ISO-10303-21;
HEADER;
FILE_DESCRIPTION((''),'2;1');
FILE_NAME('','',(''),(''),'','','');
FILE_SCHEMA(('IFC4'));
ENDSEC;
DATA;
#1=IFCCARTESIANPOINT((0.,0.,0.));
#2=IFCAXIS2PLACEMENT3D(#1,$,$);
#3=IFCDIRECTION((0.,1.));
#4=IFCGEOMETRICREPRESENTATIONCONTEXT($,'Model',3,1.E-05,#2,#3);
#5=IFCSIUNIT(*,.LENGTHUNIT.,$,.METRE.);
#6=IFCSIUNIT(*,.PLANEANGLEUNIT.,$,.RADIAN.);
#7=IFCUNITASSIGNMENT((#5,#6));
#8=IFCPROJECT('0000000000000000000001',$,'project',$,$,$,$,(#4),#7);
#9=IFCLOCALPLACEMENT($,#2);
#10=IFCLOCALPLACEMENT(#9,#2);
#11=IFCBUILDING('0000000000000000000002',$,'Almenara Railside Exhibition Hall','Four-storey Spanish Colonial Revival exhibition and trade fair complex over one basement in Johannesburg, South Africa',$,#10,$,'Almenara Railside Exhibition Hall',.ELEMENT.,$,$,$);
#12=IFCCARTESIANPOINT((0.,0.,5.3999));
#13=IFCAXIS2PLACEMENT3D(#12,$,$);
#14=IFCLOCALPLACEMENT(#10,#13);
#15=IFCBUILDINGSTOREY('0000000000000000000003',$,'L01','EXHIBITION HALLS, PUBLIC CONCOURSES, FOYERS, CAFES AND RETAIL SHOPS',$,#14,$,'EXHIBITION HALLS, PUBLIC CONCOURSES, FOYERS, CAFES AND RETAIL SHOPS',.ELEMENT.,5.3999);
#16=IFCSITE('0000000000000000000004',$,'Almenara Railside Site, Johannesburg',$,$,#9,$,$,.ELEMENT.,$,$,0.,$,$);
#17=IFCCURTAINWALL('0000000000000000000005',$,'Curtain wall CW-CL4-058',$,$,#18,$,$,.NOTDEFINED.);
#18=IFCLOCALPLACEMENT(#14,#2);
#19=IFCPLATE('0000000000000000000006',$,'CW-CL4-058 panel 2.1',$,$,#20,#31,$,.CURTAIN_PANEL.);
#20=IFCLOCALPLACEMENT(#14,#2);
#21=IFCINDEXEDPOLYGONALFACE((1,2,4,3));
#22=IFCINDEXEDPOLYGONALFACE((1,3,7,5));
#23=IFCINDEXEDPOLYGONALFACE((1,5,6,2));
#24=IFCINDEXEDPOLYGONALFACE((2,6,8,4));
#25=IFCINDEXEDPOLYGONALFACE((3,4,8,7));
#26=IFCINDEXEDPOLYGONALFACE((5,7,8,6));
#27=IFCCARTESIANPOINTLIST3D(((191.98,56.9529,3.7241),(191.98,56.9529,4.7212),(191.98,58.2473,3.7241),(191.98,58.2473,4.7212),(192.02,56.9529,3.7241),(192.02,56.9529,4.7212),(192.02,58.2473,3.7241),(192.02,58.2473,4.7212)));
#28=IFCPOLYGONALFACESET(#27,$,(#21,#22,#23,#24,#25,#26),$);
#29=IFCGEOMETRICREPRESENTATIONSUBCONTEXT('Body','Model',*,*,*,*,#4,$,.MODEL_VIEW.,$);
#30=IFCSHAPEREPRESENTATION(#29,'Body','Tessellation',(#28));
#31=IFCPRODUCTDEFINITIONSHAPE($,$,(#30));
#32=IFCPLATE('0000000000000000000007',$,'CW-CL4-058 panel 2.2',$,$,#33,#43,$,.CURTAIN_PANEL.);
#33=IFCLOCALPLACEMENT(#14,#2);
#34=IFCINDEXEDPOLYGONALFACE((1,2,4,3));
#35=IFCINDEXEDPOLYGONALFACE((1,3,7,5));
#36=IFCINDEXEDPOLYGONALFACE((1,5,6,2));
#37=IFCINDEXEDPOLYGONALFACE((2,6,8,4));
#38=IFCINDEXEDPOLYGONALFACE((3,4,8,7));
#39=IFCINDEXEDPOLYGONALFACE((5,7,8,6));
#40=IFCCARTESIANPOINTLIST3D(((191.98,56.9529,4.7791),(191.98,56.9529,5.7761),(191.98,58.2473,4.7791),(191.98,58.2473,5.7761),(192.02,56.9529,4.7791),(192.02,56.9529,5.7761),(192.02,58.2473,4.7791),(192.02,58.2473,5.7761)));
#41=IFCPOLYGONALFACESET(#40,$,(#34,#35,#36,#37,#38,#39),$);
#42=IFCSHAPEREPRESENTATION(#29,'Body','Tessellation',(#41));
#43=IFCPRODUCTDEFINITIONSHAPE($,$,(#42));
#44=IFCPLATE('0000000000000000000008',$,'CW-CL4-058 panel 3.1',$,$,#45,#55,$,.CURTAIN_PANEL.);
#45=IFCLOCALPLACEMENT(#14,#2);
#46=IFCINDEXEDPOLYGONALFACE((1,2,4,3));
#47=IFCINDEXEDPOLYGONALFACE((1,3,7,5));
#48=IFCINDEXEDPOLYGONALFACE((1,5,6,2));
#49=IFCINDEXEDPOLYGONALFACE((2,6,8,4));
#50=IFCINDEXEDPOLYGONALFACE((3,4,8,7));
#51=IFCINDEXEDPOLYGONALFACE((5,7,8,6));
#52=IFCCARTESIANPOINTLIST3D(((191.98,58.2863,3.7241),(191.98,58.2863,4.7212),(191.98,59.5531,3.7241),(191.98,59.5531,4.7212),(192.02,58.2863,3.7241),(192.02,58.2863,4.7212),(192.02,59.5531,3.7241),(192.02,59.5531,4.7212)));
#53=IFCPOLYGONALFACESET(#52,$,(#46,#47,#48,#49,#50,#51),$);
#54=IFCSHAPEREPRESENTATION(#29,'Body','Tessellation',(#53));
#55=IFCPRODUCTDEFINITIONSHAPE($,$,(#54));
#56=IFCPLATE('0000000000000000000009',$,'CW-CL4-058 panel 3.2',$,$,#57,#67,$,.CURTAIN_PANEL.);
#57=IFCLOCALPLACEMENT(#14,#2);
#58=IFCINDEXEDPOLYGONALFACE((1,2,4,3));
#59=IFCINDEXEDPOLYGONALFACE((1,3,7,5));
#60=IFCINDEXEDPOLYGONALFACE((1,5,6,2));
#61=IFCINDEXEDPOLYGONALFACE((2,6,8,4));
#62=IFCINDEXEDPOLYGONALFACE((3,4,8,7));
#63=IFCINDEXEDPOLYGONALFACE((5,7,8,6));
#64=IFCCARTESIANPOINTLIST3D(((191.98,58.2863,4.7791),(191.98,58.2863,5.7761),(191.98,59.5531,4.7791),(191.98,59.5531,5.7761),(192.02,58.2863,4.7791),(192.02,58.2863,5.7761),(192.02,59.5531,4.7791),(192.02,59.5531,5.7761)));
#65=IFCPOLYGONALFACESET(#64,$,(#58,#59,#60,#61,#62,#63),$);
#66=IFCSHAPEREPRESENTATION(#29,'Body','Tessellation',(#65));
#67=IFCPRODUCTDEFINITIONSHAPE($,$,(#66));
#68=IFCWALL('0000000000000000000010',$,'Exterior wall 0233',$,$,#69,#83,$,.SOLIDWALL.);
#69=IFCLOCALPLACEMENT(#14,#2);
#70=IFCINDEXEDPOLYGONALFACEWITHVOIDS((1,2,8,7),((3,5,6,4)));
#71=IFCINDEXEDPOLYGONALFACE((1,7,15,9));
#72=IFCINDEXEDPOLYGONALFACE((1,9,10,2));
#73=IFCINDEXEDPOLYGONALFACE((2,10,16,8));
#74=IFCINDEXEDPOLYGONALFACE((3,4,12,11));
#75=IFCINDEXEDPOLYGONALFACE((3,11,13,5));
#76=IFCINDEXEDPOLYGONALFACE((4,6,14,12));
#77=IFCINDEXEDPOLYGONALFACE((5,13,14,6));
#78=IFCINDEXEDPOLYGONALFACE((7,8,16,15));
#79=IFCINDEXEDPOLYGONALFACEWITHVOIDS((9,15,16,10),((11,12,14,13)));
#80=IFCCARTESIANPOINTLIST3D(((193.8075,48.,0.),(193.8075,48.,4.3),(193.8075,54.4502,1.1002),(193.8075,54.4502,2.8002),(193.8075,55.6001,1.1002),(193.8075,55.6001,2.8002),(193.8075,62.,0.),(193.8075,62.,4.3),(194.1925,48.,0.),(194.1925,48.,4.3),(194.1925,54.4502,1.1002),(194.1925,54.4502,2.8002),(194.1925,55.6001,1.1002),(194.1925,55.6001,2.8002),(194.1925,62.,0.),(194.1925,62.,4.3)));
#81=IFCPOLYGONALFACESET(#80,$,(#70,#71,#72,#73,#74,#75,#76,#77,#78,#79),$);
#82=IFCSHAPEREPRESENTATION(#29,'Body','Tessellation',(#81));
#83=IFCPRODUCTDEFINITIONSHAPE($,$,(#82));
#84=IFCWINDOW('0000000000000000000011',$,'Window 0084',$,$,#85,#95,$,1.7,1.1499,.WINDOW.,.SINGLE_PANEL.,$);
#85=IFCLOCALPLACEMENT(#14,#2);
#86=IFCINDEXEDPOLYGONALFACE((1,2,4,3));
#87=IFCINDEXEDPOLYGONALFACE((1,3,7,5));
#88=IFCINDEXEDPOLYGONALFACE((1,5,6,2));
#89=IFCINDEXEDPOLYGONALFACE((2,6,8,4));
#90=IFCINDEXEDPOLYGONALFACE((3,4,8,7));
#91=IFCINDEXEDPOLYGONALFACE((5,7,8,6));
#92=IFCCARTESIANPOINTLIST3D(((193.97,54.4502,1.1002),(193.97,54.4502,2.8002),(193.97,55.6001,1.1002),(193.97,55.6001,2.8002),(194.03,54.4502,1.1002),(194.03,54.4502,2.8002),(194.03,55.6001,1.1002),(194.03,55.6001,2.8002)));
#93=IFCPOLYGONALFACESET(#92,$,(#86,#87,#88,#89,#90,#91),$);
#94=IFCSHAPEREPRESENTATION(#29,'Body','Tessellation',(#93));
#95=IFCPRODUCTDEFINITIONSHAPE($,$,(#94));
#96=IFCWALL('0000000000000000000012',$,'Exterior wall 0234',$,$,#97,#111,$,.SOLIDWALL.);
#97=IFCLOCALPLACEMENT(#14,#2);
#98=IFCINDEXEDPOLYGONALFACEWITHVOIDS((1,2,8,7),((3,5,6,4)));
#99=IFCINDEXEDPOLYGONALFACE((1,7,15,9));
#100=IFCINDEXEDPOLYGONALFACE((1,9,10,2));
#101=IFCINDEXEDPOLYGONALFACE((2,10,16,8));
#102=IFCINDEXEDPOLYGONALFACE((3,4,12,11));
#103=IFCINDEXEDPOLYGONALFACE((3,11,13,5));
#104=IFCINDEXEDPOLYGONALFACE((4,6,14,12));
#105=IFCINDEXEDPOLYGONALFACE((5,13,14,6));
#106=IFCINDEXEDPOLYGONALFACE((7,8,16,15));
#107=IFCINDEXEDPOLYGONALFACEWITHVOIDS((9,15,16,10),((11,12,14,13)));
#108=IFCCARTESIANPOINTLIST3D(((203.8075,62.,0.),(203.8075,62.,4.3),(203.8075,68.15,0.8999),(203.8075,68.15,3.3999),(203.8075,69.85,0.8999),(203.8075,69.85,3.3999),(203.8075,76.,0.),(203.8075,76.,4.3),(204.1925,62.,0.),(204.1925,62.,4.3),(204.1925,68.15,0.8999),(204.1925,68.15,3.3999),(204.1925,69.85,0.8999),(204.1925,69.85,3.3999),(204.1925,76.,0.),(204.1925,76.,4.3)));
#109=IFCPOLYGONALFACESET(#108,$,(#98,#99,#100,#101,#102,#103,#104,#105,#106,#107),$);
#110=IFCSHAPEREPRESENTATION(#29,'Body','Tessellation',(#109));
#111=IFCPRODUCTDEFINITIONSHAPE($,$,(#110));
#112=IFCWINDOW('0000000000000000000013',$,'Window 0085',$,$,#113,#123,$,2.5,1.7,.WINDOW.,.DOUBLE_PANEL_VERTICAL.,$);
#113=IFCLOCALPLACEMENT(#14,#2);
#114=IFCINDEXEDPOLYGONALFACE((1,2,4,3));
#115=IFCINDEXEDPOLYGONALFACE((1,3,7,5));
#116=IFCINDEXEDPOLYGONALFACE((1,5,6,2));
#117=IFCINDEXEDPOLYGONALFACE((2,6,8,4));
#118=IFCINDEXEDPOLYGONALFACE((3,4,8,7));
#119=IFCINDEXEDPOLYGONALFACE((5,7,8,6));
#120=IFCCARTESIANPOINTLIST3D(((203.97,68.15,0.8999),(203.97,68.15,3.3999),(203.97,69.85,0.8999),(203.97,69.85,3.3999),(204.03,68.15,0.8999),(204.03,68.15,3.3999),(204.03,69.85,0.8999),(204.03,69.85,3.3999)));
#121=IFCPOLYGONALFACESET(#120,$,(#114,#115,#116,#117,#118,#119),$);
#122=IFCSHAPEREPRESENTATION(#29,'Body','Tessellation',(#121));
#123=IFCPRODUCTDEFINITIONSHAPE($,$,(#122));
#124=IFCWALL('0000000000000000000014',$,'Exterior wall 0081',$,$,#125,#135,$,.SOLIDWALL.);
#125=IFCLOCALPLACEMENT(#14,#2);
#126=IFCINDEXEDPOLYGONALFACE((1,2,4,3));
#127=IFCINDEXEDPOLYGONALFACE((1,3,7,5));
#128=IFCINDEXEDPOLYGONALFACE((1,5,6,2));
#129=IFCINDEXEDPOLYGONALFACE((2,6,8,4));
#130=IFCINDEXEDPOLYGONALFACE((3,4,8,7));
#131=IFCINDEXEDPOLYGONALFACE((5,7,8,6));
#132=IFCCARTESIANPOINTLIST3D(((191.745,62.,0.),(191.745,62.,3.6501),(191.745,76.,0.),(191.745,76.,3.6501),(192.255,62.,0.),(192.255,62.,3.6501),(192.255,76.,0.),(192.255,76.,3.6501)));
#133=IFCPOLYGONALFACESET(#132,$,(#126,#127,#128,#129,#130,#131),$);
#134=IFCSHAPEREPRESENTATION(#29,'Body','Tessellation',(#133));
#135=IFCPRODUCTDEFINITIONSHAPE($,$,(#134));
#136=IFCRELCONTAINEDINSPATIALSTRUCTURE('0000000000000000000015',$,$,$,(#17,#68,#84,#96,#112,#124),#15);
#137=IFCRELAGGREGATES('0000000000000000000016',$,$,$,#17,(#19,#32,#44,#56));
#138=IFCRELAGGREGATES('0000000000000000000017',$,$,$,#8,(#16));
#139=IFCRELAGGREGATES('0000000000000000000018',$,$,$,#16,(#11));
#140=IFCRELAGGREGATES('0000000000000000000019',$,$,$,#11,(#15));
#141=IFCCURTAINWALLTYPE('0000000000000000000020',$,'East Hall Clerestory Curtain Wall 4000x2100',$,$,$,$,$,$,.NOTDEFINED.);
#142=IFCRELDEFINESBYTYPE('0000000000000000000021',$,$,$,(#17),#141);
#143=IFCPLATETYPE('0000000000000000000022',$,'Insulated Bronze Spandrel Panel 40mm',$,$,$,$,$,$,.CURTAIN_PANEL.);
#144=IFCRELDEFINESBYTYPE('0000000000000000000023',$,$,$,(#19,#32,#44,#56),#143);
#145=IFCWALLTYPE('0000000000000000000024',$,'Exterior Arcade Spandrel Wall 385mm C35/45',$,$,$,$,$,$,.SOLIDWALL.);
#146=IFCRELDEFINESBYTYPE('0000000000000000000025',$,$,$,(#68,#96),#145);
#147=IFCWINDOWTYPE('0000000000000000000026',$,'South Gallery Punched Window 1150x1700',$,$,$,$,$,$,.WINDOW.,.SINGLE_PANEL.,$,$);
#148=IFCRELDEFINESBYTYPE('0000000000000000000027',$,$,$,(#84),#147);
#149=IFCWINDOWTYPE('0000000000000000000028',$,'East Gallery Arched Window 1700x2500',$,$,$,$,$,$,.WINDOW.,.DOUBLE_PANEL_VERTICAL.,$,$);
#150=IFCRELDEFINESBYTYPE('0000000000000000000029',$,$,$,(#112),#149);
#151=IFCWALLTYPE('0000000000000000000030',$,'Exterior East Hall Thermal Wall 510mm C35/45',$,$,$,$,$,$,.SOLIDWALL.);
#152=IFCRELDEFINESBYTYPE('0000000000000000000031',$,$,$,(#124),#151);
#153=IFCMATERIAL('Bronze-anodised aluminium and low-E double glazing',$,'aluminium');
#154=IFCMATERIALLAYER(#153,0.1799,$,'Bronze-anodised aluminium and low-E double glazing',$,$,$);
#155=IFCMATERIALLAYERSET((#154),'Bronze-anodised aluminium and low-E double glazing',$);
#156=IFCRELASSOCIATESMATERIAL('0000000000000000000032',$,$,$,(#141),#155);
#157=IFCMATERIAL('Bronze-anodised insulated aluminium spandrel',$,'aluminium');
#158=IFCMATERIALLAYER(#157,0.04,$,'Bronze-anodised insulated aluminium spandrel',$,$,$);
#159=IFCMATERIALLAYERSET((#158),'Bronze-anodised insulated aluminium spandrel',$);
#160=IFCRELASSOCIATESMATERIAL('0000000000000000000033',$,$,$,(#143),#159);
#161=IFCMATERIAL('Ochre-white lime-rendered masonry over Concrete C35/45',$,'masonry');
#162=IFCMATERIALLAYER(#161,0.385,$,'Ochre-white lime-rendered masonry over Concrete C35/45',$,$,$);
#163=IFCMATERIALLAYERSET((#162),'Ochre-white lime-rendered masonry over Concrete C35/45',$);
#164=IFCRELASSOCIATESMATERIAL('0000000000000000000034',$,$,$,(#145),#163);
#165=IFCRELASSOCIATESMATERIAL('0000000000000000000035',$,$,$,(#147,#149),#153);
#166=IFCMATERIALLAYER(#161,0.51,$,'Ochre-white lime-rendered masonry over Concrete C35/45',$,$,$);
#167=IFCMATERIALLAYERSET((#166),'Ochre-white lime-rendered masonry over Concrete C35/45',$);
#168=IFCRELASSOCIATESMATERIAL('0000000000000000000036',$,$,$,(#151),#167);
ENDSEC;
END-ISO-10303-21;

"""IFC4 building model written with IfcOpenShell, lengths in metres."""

from ifc_helpers import new_model, si_unit, direction, frame, frame_2d, origin, origin_2d, place, context, subcontext, project, spatial, rectangle, extrude, material, layer, layer_set, type_object, element, fill, aggregate, save


model = new_model("IFC4")

# Units and contexts
model_context = context("Model", 3, precision=1e-05, world=origin(), true_north=direction((0.0, 1.0)))
body_context = subcontext(model_context, "Body", "Model", "MODEL_VIEW")
ifc_project = project(units=[si_unit("LENGTHUNIT", "METRE"), si_unit("PLANEANGLEUNIT", "RADIAN")], contexts=[model_context])

# Site, building, storey
site_placement = place(None, origin())
site = spatial("IfcSite", under=ifc_project, at=site_placement, Name="Almenara Railside Site, Johannesburg", CompositionType="ELEMENT", RefElevation=0.0)
building_placement = place(site_placement, origin())
building = spatial("IfcBuilding", under=site, at=building_placement, Name="Almenara Railside Exhibition Hall", Description="Four-storey Spanish Colonial Revival exhibition and trade fair complex over one basement in Johannesburg, South Africa", LongName="Almenara Railside Exhibition Hall", CompositionType="ELEMENT")
storey_placement = place(building_placement, frame((0.0, 0.0, 5.3999)))
storey = spatial("IfcBuildingStorey", under=building, at=storey_placement, Name="L01", Description="EXHIBITION HALLS, PUBLIC CONCOURSES, FOYERS, CAFES AND RETAIL SHOPS", LongName="EXHIBITION HALLS, PUBLIC CONCOURSES, FOYERS, CAFES AND RETAIL SHOPS", CompositionType="ELEMENT", Elevation=5.3999)

# Curtain wall
ifc_material_1 = material(Name="Bronze-anodised aluminium and low-E double glazing", Category="aluminium")
ifc_layer_1 = layer(ifc_material_1, 0.1799, Name="Bronze-anodised aluminium and low-E double glazing")
ifc_layer_set_1 = layer_set([ifc_layer_1], Name="Bronze-anodised aluminium and low-E double glazing")
curtain_wall_type = type_object("IfcCurtainWallType", Name="East Hall Clerestory Curtain Wall 4000x2100", PredefinedType="NOTDEFINED", material=ifc_layer_set_1)
curtain_wall_placement = place(storey_placement, origin())
curtain_wall = element("IfcCurtainWall", 1, at=curtain_wall_placement, inside=storey, type_object=curtain_wall_type, Name="Curtain wall CW-CL4-058", PredefinedType="NOTDEFINED")

# Plates
ifc_material_2 = material(Name="Bronze-anodised insulated aluminium spandrel", Category="aluminium")
ifc_layer_2 = layer(ifc_material_2, 0.04, Name="Bronze-anodised insulated aluminium spandrel")
ifc_layer_set_2 = layer_set([ifc_layer_2], Name="Bronze-anodised insulated aluminium spandrel")
plate_type = type_object("IfcPlateType", Name="Insulated Bronze Spandrel Panel 40mm", PredefinedType="CURTAIN_PANEL", material=ifc_layer_set_2)
plate_1_placement = place(storey_placement, frame((192.0, 57.6001, 3.7241), z_axis=(0.0, 0.0, 1.0), x_axis=(0.0, 1.0, 0.0)))
plate_1 = element("IfcPlate", 2, at=plate_1_placement, type_object=plate_type, Name="CW-CL4-058 panel 2.1", PredefinedType="CURTAIN_PANEL", context=body_context, shape_type="SweptSolid", body=[
    extrude(rectangle(XDim=1.2944, YDim=0.04, at=origin_2d()), origin(), (0.0, 0.0, 1.0), 0.9971),
])
plate_2_placement = place(storey_placement, frame((192.0, 57.6001, 4.7791), z_axis=(0.0, 0.0, 1.0), x_axis=(0.0, 1.0, 0.0)))
plate_2 = element("IfcPlate", 3, at=plate_2_placement, type_object=plate_type, Name="CW-CL4-058 panel 2.2", PredefinedType="CURTAIN_PANEL", context=body_context, shape_type="SweptSolid", body=[
    extrude(rectangle(XDim=1.2944, YDim=0.04, at=origin_2d()), origin(), (0.0, 0.0, 1.0), 0.9971),
])
plate_3_placement = place(storey_placement, frame((192.0, 58.9197, 3.7241), z_axis=(0.0, 0.0, 1.0), x_axis=(0.0, 1.0, 0.0)))
plate_3 = element("IfcPlate", 4, at=plate_3_placement, type_object=plate_type, Name="CW-CL4-058 panel 3.1", PredefinedType="CURTAIN_PANEL", context=body_context, shape_type="SweptSolid", body=[
    extrude(rectangle(XDim=1.2668, YDim=0.04, at=origin_2d()), origin(), (0.0, 0.0, 1.0), 0.9971),
])
plate_4_placement = place(storey_placement, frame((192.0, 58.9197, 4.7791), z_axis=(0.0, 0.0, 1.0), x_axis=(0.0, 1.0, 0.0)))
plate_4 = element("IfcPlate", 5, at=plate_4_placement, type_object=plate_type, Name="CW-CL4-058 panel 3.2", PredefinedType="CURTAIN_PANEL", context=body_context, shape_type="SweptSolid", body=[
    extrude(rectangle(XDim=1.2668, YDim=0.04, at=origin_2d()), origin(), (0.0, 0.0, 1.0), 0.9971),
])
aggregate(curtain_wall, [plate_1, plate_2, plate_3, plate_4])

# Walls, openings, windows
ifc_material_3 = material(Name="Ochre-white lime-rendered masonry over Concrete C35/45", Category="masonry")
ifc_layer_3 = layer(ifc_material_3, 0.385, Name="Ochre-white lime-rendered masonry over Concrete C35/45")
ifc_layer_set_3 = layer_set([ifc_layer_3], Name="Ochre-white lime-rendered masonry over Concrete C35/45")
wall_type_1 = type_object("IfcWallType", Name="Exterior Arcade Spandrel Wall 385mm C35/45", PredefinedType="SOLIDWALL", material=ifc_layer_set_3)
wall_1_placement = place(storey_placement, frame((194.0, 62.0, 0.0), z_axis=(0.0, 0.0, 1.0), x_axis=(0.0, -1.0, 0.0)))
wall_1 = element("IfcWall", 6, at=wall_1_placement, inside=storey, type_object=wall_type_1, Name="Exterior wall 0233", PredefinedType="SOLIDWALL", context=body_context, shape_type="SweptSolid", body=[
    extrude(rectangle(XDim=14.0, YDim=0.385, at=frame_2d((7.0, 0.0))), origin(), (0.0, 0.0, 1.0), 4.3),
])
opening_1_placement = place(wall_1_placement, frame((6.3999, 0.0, 1.1001)))
opening_1 = element("IfcOpeningElement", 7, at=opening_1_placement, cuts=wall_1, PredefinedType="OPENING", context=body_context, shape_type="SweptSolid", body=[
    extrude(rectangle(XDim=1.1499, YDim=1.7, at=frame_2d((0.575, 0.8501))), frame((0.0, 0.2024, 0.0), z_axis=(0.0, -1.0, 0.0), x_axis=(1.0, 0.0, 0.0)), (0.0, 0.0, 1.0), 0.405),
])
window_type_1 = type_object("IfcWindowType", Name="South Gallery Punched Window 1150x1700", PartitioningType="SINGLE_PANEL", PredefinedType="WINDOW", material=ifc_material_1)
window_1_placement = place(opening_1_placement, origin())
window_1 = element("IfcWindow", 8, at=window_1_placement, inside=storey, type_object=window_type_1, Name="Window 0084", OverallHeight=1.7, OverallWidth=1.1499, PartitioningType="SINGLE_PANEL", PredefinedType="WINDOW", context=body_context, shape_type="SweptSolid", body=[
    extrude(rectangle(XDim=1.1499, YDim=1.7, at=frame_2d((0.575, 0.8501))), frame((0.0, 0.03, 0.0), z_axis=(0.0, -1.0, 0.0), x_axis=(1.0, 0.0, 0.0)), (0.0, 0.0, 1.0), 0.0601),
])
fill(opening_1, window_1)
wall_2_placement = place(storey_placement, frame((204.0, 62.0, 0.0), z_axis=(0.0, 0.0, 1.0), x_axis=(0.0, 1.0, 0.0)))
wall_2 = element("IfcWall", 9, at=wall_2_placement, inside=storey, type_object=wall_type_1, Name="Exterior wall 0234", PredefinedType="SOLIDWALL", context=body_context, shape_type="SweptSolid", body=[
    extrude(rectangle(XDim=14.0, YDim=0.385, at=frame_2d((7.0, 0.0))), origin(), (0.0, 0.0, 1.0), 4.3),
])
opening_2_placement = place(wall_2_placement, frame((6.1499, 0.0, 0.8999)))
opening_2 = element("IfcOpeningElement", 10, at=opening_2_placement, cuts=wall_2, PredefinedType="OPENING", context=body_context, shape_type="SweptSolid", body=[
    extrude(rectangle(XDim=1.7, YDim=2.5, at=frame_2d((0.8501, 1.25))), frame((0.0, 0.2024, 0.0), z_axis=(0.0, -1.0, 0.0), x_axis=(1.0, 0.0, 0.0)), (0.0, 0.0, 1.0), 0.405),
])
window_type_2 = type_object("IfcWindowType", Name="East Gallery Arched Window 1700x2500", PartitioningType="DOUBLE_PANEL_VERTICAL", PredefinedType="WINDOW", material=ifc_material_1)
window_2_placement = place(opening_2_placement, origin())
window_2 = element("IfcWindow", 11, at=window_2_placement, inside=storey, type_object=window_type_2, Name="Window 0085", OverallHeight=2.5, OverallWidth=1.7, PartitioningType="DOUBLE_PANEL_VERTICAL", PredefinedType="WINDOW", context=body_context, shape_type="SweptSolid", body=[
    extrude(rectangle(XDim=1.7, YDim=2.5, at=frame_2d((0.8501, 1.25))), frame((0.0, 0.03, 0.0), z_axis=(0.0, -1.0, 0.0), x_axis=(1.0, 0.0, 0.0)), (0.0, 0.0, 1.0), 0.0601),
])
fill(opening_2, window_2)

# Wall
ifc_layer_4 = layer(ifc_material_3, 0.51, Name="Ochre-white lime-rendered masonry over Concrete C35/45")
ifc_layer_set_4 = layer_set([ifc_layer_4], Name="Ochre-white lime-rendered masonry over Concrete C35/45")
wall_type_2 = type_object("IfcWallType", Name="Exterior East Hall Thermal Wall 510mm C35/45", PredefinedType="SOLIDWALL", material=ifc_layer_set_4)
wall_3_placement = place(storey_placement, frame((192.0, 62.0, 0.0), z_axis=(0.0, 0.0, 1.0), x_axis=(0.0, 1.0, 0.0)))
element("IfcWall", 12, at=wall_3_placement, inside=storey, type_object=wall_type_2, Name="Exterior wall 0081", PredefinedType="SOLIDWALL", context=body_context, shape_type="SweptSolid", body=[
    extrude(rectangle(XDim=14.0, YDim=0.51, at=frame_2d((7.0, 0.0))), origin(), (0.0, 0.0, 1.0), 3.6501),
])

save(model, "model.ifc")
